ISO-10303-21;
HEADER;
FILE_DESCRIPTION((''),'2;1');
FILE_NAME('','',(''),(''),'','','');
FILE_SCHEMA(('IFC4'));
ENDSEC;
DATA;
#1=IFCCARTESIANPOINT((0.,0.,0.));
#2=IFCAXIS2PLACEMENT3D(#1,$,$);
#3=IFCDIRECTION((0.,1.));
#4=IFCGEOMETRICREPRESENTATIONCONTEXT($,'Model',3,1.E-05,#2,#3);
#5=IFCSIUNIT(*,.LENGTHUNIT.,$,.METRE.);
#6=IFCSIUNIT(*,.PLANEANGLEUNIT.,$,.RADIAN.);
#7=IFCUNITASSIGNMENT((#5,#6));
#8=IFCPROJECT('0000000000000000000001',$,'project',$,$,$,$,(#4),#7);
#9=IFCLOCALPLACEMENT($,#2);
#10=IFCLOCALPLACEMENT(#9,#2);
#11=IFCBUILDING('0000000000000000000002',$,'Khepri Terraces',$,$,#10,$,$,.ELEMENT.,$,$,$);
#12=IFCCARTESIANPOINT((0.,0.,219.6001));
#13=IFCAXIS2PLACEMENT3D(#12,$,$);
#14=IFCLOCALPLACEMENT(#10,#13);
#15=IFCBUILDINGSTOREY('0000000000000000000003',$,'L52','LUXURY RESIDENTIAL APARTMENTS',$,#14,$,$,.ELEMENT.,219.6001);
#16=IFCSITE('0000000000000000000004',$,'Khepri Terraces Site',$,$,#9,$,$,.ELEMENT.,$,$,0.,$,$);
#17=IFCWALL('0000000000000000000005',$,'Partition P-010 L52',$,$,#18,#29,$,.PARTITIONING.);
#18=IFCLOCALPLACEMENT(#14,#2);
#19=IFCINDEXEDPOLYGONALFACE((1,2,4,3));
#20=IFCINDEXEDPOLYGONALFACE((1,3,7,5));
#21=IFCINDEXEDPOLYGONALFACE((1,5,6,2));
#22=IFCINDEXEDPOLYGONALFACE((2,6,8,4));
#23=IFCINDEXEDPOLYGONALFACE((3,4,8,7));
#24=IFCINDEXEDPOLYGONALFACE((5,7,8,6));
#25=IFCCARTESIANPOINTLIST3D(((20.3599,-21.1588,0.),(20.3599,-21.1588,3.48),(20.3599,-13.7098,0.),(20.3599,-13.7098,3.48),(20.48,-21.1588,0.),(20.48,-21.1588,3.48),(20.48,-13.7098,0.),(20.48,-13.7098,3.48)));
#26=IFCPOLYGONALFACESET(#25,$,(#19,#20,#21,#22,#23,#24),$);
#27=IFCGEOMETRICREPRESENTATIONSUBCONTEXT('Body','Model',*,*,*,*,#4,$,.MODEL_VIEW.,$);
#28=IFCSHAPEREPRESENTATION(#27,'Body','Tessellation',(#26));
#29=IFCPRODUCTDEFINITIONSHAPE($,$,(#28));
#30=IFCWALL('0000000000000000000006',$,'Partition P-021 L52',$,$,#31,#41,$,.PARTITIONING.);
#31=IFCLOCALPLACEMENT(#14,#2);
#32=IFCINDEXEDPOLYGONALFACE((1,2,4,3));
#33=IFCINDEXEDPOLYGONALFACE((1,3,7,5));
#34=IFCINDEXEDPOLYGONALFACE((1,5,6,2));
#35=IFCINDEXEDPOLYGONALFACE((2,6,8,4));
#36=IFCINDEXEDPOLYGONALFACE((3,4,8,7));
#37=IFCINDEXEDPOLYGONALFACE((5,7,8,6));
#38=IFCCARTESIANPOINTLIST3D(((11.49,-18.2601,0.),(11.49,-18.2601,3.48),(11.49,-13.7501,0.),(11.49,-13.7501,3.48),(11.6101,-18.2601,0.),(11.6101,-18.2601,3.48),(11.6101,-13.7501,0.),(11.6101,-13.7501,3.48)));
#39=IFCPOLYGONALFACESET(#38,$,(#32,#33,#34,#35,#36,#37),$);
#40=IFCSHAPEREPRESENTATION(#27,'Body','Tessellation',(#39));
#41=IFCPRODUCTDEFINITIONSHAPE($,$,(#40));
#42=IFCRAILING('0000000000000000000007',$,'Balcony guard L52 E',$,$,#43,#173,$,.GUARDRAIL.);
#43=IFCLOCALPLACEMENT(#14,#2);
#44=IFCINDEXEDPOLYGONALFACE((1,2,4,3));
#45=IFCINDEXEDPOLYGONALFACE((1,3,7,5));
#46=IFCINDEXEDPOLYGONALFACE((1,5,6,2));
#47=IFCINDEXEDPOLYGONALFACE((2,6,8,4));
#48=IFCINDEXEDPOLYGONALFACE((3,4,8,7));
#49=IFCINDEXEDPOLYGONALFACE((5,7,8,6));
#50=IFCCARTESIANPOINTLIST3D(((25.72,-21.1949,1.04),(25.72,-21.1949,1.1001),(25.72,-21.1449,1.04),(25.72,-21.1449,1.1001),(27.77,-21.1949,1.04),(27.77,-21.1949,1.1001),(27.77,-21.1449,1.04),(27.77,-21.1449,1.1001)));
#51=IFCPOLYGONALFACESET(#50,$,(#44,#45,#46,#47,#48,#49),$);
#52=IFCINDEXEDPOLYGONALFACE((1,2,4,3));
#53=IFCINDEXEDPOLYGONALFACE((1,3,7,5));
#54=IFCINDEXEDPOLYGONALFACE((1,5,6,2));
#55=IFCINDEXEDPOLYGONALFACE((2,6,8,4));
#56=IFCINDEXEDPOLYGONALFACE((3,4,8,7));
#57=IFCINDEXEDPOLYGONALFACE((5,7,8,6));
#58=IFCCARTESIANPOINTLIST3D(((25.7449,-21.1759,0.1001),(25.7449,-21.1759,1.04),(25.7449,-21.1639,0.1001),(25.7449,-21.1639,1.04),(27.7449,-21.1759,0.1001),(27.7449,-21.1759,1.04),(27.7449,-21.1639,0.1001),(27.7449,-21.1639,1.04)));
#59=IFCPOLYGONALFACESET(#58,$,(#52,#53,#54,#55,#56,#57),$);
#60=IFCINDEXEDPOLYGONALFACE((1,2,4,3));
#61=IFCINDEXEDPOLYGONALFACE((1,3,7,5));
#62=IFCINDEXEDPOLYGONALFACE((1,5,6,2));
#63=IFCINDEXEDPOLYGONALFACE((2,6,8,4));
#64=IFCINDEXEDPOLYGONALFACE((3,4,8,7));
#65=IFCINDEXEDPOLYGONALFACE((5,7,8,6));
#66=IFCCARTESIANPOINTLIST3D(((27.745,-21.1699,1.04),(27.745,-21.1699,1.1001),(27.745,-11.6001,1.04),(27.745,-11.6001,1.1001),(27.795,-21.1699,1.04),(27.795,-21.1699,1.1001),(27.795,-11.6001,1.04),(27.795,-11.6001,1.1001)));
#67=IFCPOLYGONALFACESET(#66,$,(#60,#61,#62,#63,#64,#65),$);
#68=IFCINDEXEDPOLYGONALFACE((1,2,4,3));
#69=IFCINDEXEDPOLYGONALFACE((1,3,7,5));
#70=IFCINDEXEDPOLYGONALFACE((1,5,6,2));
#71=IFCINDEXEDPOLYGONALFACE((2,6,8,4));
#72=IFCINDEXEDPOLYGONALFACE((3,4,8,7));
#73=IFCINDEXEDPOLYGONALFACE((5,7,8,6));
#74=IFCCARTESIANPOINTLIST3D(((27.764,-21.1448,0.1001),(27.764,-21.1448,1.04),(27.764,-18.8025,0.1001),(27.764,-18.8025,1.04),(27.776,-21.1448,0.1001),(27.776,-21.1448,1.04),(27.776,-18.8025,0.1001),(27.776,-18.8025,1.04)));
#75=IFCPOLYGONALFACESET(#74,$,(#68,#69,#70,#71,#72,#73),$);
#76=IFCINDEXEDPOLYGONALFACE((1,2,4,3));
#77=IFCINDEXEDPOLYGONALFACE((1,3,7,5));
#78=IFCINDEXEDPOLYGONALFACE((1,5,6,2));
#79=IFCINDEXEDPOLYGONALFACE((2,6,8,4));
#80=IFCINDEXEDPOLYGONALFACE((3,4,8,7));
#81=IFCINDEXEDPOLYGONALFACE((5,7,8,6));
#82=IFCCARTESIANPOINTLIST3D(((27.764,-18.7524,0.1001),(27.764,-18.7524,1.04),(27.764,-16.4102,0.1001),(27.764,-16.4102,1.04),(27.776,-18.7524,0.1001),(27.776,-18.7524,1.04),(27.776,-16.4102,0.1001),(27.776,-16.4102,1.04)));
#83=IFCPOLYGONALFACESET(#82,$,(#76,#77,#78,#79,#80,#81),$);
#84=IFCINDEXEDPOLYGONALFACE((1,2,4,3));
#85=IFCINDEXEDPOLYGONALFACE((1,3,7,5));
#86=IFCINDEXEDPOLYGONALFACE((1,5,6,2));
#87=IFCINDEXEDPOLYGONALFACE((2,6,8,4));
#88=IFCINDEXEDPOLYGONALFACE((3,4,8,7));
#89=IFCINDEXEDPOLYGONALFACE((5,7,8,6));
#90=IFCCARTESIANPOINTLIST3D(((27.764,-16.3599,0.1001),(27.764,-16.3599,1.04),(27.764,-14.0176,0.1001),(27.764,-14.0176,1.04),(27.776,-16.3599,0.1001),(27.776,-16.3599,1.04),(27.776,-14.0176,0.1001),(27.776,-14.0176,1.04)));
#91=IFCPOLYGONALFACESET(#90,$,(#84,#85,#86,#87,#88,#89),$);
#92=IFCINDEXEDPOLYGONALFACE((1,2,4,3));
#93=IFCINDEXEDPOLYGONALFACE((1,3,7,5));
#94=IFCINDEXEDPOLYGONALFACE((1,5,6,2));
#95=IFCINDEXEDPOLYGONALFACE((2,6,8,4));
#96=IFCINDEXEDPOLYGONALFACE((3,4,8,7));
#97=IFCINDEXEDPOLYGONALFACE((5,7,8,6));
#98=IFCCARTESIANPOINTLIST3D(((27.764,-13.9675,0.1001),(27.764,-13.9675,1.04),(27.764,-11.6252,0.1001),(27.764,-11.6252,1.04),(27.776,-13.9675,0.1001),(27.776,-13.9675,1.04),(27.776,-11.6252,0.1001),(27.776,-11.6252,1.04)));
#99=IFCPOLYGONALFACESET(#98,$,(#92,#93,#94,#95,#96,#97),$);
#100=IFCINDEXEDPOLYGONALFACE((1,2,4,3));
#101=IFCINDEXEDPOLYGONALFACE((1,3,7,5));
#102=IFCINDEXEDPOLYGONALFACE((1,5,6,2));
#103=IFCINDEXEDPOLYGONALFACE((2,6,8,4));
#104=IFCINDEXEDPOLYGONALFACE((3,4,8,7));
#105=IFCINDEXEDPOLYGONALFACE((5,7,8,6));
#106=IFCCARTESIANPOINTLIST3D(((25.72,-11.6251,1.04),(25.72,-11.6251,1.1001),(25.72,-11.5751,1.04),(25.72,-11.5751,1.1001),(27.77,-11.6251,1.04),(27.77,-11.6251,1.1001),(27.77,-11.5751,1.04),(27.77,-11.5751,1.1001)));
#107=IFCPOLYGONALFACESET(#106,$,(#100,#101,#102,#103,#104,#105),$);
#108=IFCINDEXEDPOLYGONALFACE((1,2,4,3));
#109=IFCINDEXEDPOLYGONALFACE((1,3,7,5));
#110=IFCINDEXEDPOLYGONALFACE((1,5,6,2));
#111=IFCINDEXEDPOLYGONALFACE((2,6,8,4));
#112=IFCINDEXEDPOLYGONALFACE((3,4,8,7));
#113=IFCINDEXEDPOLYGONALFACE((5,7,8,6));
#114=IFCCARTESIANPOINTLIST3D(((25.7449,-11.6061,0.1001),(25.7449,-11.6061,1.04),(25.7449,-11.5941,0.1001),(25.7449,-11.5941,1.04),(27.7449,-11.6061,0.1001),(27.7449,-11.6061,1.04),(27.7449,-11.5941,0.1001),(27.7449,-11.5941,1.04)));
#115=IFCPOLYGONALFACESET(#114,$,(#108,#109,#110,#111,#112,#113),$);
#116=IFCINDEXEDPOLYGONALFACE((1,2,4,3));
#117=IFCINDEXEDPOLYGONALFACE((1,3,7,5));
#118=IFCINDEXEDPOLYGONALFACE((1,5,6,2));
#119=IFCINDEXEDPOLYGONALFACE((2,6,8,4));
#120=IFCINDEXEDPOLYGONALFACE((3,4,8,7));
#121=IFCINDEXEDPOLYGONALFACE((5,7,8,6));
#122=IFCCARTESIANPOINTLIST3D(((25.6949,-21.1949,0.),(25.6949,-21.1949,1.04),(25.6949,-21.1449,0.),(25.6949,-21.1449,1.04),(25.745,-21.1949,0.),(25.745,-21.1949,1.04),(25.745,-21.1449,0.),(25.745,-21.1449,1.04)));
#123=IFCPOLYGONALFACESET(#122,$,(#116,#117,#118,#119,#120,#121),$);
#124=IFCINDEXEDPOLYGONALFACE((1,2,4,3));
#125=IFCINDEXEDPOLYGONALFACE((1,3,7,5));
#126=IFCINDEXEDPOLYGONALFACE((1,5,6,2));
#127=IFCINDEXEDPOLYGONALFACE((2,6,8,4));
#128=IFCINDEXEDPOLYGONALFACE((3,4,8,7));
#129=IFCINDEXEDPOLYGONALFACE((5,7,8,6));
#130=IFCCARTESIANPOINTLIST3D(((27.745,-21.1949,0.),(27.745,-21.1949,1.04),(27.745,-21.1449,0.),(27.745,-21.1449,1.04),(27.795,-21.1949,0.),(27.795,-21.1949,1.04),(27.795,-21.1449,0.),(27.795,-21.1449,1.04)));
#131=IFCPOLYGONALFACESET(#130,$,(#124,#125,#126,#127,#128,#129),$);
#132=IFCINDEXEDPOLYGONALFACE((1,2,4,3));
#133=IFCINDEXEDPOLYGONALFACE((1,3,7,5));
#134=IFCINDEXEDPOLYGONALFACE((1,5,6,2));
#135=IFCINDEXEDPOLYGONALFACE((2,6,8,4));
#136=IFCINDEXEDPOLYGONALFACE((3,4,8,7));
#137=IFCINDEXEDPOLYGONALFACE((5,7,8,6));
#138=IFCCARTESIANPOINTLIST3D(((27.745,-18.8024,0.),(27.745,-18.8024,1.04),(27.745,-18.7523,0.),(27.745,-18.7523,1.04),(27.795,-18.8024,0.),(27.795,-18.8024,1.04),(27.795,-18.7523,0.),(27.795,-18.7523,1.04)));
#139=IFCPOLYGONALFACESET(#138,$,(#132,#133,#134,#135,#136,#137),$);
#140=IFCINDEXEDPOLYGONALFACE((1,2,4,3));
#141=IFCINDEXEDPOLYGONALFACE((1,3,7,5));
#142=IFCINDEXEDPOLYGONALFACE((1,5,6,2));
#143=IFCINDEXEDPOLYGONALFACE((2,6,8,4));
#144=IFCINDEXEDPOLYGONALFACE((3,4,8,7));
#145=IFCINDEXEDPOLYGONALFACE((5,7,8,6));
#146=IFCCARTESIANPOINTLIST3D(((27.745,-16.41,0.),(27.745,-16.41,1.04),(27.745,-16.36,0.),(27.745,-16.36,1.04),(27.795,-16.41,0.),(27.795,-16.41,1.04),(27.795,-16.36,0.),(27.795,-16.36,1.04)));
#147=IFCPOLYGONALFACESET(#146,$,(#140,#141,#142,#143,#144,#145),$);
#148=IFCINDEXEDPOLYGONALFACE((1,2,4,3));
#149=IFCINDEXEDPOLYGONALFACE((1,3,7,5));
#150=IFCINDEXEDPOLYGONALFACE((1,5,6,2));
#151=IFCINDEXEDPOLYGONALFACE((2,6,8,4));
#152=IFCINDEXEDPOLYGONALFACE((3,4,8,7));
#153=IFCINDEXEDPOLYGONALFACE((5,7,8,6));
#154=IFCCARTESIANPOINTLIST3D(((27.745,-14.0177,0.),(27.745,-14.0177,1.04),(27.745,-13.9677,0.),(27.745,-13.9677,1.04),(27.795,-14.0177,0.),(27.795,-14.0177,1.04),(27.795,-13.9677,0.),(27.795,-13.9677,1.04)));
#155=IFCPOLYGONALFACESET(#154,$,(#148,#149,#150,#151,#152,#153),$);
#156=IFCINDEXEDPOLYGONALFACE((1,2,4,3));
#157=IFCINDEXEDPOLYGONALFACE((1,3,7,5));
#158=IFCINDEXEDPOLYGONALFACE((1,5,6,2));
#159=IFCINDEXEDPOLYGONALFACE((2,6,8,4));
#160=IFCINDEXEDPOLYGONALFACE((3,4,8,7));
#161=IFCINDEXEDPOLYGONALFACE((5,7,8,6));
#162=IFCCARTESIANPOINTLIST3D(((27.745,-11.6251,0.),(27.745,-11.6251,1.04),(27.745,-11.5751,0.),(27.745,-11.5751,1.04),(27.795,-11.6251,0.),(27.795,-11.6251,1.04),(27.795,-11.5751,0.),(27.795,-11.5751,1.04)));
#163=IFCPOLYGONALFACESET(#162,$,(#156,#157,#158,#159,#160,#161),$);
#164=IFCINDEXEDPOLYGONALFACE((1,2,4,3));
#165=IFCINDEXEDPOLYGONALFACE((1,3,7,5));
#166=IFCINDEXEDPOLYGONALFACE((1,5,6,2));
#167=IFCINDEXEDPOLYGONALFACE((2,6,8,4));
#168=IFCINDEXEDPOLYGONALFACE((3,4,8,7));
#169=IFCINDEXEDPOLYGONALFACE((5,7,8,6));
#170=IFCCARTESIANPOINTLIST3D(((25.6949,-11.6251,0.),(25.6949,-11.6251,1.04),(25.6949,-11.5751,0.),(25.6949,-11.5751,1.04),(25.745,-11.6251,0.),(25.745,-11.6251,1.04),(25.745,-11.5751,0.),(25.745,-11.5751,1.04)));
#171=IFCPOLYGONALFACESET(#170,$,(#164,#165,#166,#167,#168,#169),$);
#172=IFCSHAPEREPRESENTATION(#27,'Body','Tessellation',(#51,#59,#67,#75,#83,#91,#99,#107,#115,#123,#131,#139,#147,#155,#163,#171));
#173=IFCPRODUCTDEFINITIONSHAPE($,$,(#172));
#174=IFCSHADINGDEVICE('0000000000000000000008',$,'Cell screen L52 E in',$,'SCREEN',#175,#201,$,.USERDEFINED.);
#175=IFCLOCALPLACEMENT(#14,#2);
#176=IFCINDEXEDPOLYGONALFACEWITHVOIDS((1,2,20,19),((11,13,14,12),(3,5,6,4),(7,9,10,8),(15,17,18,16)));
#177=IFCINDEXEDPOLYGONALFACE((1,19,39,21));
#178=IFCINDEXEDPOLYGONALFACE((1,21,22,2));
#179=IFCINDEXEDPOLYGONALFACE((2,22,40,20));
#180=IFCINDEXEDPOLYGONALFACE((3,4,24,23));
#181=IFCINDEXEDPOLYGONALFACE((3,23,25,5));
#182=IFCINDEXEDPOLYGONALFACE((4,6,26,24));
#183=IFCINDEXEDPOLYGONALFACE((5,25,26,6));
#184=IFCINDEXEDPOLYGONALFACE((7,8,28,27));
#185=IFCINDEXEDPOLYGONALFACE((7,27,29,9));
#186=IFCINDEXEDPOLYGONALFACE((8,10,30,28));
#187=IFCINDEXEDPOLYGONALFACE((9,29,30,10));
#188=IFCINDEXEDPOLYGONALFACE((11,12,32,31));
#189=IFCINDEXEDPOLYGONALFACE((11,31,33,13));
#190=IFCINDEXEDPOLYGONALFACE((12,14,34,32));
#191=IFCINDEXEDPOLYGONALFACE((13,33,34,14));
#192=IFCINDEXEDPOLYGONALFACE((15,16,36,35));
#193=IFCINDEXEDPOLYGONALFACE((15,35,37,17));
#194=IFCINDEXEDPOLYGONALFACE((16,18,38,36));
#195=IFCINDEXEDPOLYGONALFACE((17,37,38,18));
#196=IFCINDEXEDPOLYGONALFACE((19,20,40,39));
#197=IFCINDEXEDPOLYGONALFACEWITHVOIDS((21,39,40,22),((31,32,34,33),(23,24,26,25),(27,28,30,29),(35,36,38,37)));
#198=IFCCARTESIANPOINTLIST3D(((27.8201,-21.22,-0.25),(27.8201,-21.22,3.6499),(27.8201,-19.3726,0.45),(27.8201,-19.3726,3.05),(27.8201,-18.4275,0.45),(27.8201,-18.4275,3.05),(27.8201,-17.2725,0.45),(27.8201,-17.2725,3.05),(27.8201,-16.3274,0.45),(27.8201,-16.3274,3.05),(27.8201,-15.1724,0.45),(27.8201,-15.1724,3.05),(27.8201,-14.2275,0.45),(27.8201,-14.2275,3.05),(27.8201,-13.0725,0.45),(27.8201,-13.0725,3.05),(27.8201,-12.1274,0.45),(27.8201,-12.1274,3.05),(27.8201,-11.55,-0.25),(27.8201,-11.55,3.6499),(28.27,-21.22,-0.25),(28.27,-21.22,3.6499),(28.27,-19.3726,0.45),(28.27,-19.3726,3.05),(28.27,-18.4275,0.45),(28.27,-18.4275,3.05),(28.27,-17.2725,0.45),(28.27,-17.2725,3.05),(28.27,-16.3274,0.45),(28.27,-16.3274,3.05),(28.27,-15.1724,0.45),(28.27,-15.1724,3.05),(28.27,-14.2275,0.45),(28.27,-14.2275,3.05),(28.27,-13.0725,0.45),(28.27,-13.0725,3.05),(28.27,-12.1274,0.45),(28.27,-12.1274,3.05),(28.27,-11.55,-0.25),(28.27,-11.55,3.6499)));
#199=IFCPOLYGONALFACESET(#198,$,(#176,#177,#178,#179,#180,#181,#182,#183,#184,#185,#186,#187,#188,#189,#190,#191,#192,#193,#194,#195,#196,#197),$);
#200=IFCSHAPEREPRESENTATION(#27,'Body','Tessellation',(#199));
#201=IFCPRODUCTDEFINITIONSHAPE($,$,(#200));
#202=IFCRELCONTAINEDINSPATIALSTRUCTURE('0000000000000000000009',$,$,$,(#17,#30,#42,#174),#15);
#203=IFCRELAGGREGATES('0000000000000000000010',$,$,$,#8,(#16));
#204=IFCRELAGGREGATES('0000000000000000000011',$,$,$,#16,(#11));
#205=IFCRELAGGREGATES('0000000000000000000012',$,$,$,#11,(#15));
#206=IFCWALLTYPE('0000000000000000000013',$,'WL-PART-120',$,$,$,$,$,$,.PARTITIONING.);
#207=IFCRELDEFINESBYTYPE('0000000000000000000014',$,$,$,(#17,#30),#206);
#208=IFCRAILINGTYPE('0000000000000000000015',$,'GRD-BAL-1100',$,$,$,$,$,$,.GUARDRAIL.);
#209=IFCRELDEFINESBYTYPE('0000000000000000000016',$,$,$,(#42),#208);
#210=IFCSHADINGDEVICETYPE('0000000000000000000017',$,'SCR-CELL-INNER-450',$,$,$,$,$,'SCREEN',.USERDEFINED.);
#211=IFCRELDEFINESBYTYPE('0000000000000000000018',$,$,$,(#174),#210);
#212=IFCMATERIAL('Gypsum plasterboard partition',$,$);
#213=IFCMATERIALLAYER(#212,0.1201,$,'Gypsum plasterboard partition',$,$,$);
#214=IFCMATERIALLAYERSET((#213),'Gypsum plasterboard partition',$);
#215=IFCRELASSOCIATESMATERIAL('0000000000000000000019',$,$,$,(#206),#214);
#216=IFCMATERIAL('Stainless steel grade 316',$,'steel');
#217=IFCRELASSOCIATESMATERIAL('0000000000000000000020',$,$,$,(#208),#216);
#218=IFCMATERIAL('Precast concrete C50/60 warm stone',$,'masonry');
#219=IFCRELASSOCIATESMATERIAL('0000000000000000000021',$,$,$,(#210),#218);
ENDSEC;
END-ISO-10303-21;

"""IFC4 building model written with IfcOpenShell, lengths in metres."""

from ifc_helpers import new_model, si_unit, direction, frame, frame_2d, origin, origin_2d, place, context, subcontext, project, spatial, polyline, rectangle, outline, extrude, material, layer, layer_set, type_object, element, save


model = new_model("IFC4")

# Units and contexts
model_context = context("Model", 3, precision=1e-05, world=origin(), true_north=direction((0.0, 1.0)))
body_context = subcontext(model_context, "Body", "Model", "MODEL_VIEW")
ifc_project = project(units=[si_unit("LENGTHUNIT", "METRE"), si_unit("PLANEANGLEUNIT", "RADIAN")], contexts=[model_context])

# Site, building, storey
site_placement = place(None, origin())
site = spatial("IfcSite", under=ifc_project, at=site_placement, Name="Khepri Terraces Site", CompositionType="ELEMENT", RefElevation=0.0)
building_placement = place(site_placement, origin())
building = spatial("IfcBuilding", under=site, at=building_placement, Name="Khepri Terraces", CompositionType="ELEMENT")
storey_placement = place(building_placement, frame((0.0, 0.0, 219.6001)))
storey = spatial("IfcBuildingStorey", under=building, at=storey_placement, Name="L52", Description="LUXURY RESIDENTIAL APARTMENTS", CompositionType="ELEMENT", Elevation=219.6001)

# Shared definitions
ifc_material_1 = material(Name="Precast concrete C50/60 warm stone", Category="masonry")

# Walls
ifc_material_2 = material(Name="Gypsum plasterboard partition")
ifc_layer_1 = layer(ifc_material_2, 0.1201, Name="Gypsum plasterboard partition")
ifc_layer_set_1 = layer_set([ifc_layer_1], Name="Gypsum plasterboard partition")
wall_type_1 = type_object("IfcWallType", Name="WL-PART-120", PredefinedType="PARTITIONING", material=ifc_layer_set_1)
wall_1_placement = place(storey_placement, frame((20.4199, -21.1589, 0.0), z_axis=(0.0, 0.0, 1.0), x_axis=(0.0, 1.0, 0.0)))
element("IfcWall", 1, at=wall_1_placement, inside=storey, type_object=wall_type_1, Name="Partition P-010 L52", PredefinedType="PARTITIONING", context=body_context, shape_type="SweptSolid", body=[
    extrude(rectangle(XDim=7.449, YDim=0.1201, at=frame_2d((3.7246, 0.0))), origin(), (0.0, 0.0, 1.0), 3.48),
])
wall_2_placement = place(storey_placement, frame((11.55, -18.26, 0.0), z_axis=(0.0, 0.0, 1.0), x_axis=(0.0, 1.0, 0.0)))
element("IfcWall", 2, at=wall_2_placement, inside=storey, type_object=wall_type_1, Name="Partition P-021 L52", PredefinedType="PARTITIONING", context=body_context, shape_type="SweptSolid", body=[
    extrude(rectangle(XDim=4.51, YDim=0.1201, at=frame_2d((2.2549, 0.0))), origin(), (0.0, 0.0, 1.0), 3.48),
])

# Railing
ifc_material_3 = material(Name="Stainless steel grade 316", Category="steel")
railing_type = type_object("IfcRailingType", Name="GRD-BAL-1100", PredefinedType="GUARDRAIL", material=ifc_material_3)
railing_placement = place(storey_placement, frame((25.72, -21.1699, 0.0)))
element("IfcRailing", 3, at=railing_placement, inside=storey, type_object=railing_type, Name="Balcony guard L52 E", PredefinedType="GUARDRAIL", context=body_context, shape_type="SweptSolid", body=[
    extrude(rectangle(XDim=0.05, YDim=0.0601, at=origin_2d()), frame((0.0, 0.0, 1.0701), z_axis=(1.0, 0.0, 0.0), x_axis=(0.0, 1.0, 0.0)), (0.0, 0.0, 1.0), 2.05),
    extrude(rectangle(XDim=2.0, YDim=0.012, at=origin_2d()), frame((1.0249, 0.0, 0.1001), z_axis=(0.0, 0.0, 1.0), x_axis=(1.0, 0.0, 0.0)), (0.0, 0.0, 1.0), 0.9399),
    extrude(rectangle(XDim=0.05, YDim=0.0601, at=origin_2d()), frame((2.05, 0.0, 1.0701), z_axis=(0.0, 1.0, 0.0), x_axis=(-1.0, 0.0, 0.0)), (0.0, 0.0, 1.0), 9.5698),
    extrude(rectangle(XDim=2.3423, YDim=0.012, at=origin_2d()), frame((2.05, 1.1963, 0.1001), z_axis=(0.0, 0.0, 1.0), x_axis=(0.0, 1.0, 0.0)), (0.0, 0.0, 1.0), 0.9399),
    extrude(rectangle(XDim=2.3423, YDim=0.012, at=origin_2d()), frame((2.05, 3.5886, 0.1001), z_axis=(0.0, 0.0, 1.0), x_axis=(0.0, 1.0, 0.0)), (0.0, 0.0, 1.0), 0.9399),
    extrude(rectangle(XDim=2.3423, YDim=0.012, at=origin_2d()), frame((2.05, 5.9812, 0.1001), z_axis=(0.0, 0.0, 1.0), x_axis=(0.0, 1.0, 0.0)), (0.0, 0.0, 1.0), 0.9399),
    extrude(rectangle(XDim=2.3423, YDim=0.012, at=origin_2d()), frame((2.05, 8.3735, 0.1001), z_axis=(0.0, 0.0, 1.0), x_axis=(0.0, 1.0, 0.0)), (0.0, 0.0, 1.0), 0.9399),
    extrude(rectangle(XDim=0.05, YDim=0.0601, at=origin_2d()), frame((2.05, 9.5698, 1.0701), z_axis=(-1.0, 0.0, 0.0), x_axis=(0.0, -1.0, 0.0)), (0.0, 0.0, 1.0), 2.05),
    extrude(rectangle(XDim=2.0, YDim=0.012, at=origin_2d()), frame((1.0249, 9.5698, 0.1001), z_axis=(0.0, 0.0, 1.0), x_axis=(-1.0, 0.0, 0.0)), (0.0, 0.0, 1.0), 0.9399),
    extrude(rectangle(XDim=0.05, YDim=0.05, at=origin_2d()), origin(), (0.0, 0.0, 1.0), 1.04),
    extrude(rectangle(XDim=0.05, YDim=0.05, at=origin_2d()), frame((2.05, 0.0, 0.0)), (0.0, 0.0, 1.0), 1.04),
    extrude(rectangle(XDim=0.05, YDim=0.05, at=origin_2d()), frame((2.05, 2.3926, 0.0)), (0.0, 0.0, 1.0), 1.04),
    extrude(rectangle(XDim=0.05, YDim=0.05, at=origin_2d()), frame((2.05, 4.7849, 0.0)), (0.0, 0.0, 1.0), 1.04),
    extrude(rectangle(XDim=0.05, YDim=0.05, at=origin_2d()), frame((2.05, 7.1772, 0.0)), (0.0, 0.0, 1.0), 1.04),
    extrude(rectangle(XDim=0.05, YDim=0.05, at=origin_2d()), frame((2.05, 9.5698, 0.0)), (0.0, 0.0, 1.0), 1.04),
    extrude(rectangle(XDim=0.05, YDim=0.05, at=origin_2d()), frame((0.0, 9.5698, 0.0)), (0.0, 0.0, 1.0), 1.04),
])

# Shading device
shading_device_type_1 = type_object("IfcShadingDeviceType", Name="SCR-CELL-INNER-450", ElementType="SCREEN", PredefinedType="USERDEFINED", material=ifc_material_1)
shading_device_1_placement = place(storey_placement, frame((27.8201, -21.22, -0.25), z_axis=(1.0, 0.0, 0.0), x_axis=(0.0, 1.0, 0.0)))
element("IfcShadingDevice", 4, at=shading_device_1_placement, inside=storey, type_object=shading_device_type_1, Name="Cell screen L52 E in", ObjectType="SCREEN", PredefinedType="USERDEFINED", context=body_context, shape_type="SweptSolid", body=[
    extrude(outline(polyline([(0.0, 0.0), (9.6699, 0.0), (9.6699, 3.8999), (0.0, 3.8999), (0.0, 0.0)]), holes=[polyline([(1.8474, 0.7), (2.7925, 0.7), (2.7925, 3.3), (1.8474, 3.3), (1.8474, 0.7)]), polyline([(3.9475, 0.7), (4.8926, 0.7), (4.8926, 3.3), (3.9475, 3.3), (3.9475, 0.7)]), polyline([(6.0476, 0.7), (6.9924, 0.7), (6.9924, 3.3), (6.0476, 3.3), (6.0476, 0.7)]), polyline([(8.1475, 0.7), (9.0925, 0.7), (9.0925, 3.3), (8.1475, 3.3), (8.1475, 0.7)])]), origin(), (0.0, 0.0, 1.0), 0.45),
])

save(model, "model.ifc")
